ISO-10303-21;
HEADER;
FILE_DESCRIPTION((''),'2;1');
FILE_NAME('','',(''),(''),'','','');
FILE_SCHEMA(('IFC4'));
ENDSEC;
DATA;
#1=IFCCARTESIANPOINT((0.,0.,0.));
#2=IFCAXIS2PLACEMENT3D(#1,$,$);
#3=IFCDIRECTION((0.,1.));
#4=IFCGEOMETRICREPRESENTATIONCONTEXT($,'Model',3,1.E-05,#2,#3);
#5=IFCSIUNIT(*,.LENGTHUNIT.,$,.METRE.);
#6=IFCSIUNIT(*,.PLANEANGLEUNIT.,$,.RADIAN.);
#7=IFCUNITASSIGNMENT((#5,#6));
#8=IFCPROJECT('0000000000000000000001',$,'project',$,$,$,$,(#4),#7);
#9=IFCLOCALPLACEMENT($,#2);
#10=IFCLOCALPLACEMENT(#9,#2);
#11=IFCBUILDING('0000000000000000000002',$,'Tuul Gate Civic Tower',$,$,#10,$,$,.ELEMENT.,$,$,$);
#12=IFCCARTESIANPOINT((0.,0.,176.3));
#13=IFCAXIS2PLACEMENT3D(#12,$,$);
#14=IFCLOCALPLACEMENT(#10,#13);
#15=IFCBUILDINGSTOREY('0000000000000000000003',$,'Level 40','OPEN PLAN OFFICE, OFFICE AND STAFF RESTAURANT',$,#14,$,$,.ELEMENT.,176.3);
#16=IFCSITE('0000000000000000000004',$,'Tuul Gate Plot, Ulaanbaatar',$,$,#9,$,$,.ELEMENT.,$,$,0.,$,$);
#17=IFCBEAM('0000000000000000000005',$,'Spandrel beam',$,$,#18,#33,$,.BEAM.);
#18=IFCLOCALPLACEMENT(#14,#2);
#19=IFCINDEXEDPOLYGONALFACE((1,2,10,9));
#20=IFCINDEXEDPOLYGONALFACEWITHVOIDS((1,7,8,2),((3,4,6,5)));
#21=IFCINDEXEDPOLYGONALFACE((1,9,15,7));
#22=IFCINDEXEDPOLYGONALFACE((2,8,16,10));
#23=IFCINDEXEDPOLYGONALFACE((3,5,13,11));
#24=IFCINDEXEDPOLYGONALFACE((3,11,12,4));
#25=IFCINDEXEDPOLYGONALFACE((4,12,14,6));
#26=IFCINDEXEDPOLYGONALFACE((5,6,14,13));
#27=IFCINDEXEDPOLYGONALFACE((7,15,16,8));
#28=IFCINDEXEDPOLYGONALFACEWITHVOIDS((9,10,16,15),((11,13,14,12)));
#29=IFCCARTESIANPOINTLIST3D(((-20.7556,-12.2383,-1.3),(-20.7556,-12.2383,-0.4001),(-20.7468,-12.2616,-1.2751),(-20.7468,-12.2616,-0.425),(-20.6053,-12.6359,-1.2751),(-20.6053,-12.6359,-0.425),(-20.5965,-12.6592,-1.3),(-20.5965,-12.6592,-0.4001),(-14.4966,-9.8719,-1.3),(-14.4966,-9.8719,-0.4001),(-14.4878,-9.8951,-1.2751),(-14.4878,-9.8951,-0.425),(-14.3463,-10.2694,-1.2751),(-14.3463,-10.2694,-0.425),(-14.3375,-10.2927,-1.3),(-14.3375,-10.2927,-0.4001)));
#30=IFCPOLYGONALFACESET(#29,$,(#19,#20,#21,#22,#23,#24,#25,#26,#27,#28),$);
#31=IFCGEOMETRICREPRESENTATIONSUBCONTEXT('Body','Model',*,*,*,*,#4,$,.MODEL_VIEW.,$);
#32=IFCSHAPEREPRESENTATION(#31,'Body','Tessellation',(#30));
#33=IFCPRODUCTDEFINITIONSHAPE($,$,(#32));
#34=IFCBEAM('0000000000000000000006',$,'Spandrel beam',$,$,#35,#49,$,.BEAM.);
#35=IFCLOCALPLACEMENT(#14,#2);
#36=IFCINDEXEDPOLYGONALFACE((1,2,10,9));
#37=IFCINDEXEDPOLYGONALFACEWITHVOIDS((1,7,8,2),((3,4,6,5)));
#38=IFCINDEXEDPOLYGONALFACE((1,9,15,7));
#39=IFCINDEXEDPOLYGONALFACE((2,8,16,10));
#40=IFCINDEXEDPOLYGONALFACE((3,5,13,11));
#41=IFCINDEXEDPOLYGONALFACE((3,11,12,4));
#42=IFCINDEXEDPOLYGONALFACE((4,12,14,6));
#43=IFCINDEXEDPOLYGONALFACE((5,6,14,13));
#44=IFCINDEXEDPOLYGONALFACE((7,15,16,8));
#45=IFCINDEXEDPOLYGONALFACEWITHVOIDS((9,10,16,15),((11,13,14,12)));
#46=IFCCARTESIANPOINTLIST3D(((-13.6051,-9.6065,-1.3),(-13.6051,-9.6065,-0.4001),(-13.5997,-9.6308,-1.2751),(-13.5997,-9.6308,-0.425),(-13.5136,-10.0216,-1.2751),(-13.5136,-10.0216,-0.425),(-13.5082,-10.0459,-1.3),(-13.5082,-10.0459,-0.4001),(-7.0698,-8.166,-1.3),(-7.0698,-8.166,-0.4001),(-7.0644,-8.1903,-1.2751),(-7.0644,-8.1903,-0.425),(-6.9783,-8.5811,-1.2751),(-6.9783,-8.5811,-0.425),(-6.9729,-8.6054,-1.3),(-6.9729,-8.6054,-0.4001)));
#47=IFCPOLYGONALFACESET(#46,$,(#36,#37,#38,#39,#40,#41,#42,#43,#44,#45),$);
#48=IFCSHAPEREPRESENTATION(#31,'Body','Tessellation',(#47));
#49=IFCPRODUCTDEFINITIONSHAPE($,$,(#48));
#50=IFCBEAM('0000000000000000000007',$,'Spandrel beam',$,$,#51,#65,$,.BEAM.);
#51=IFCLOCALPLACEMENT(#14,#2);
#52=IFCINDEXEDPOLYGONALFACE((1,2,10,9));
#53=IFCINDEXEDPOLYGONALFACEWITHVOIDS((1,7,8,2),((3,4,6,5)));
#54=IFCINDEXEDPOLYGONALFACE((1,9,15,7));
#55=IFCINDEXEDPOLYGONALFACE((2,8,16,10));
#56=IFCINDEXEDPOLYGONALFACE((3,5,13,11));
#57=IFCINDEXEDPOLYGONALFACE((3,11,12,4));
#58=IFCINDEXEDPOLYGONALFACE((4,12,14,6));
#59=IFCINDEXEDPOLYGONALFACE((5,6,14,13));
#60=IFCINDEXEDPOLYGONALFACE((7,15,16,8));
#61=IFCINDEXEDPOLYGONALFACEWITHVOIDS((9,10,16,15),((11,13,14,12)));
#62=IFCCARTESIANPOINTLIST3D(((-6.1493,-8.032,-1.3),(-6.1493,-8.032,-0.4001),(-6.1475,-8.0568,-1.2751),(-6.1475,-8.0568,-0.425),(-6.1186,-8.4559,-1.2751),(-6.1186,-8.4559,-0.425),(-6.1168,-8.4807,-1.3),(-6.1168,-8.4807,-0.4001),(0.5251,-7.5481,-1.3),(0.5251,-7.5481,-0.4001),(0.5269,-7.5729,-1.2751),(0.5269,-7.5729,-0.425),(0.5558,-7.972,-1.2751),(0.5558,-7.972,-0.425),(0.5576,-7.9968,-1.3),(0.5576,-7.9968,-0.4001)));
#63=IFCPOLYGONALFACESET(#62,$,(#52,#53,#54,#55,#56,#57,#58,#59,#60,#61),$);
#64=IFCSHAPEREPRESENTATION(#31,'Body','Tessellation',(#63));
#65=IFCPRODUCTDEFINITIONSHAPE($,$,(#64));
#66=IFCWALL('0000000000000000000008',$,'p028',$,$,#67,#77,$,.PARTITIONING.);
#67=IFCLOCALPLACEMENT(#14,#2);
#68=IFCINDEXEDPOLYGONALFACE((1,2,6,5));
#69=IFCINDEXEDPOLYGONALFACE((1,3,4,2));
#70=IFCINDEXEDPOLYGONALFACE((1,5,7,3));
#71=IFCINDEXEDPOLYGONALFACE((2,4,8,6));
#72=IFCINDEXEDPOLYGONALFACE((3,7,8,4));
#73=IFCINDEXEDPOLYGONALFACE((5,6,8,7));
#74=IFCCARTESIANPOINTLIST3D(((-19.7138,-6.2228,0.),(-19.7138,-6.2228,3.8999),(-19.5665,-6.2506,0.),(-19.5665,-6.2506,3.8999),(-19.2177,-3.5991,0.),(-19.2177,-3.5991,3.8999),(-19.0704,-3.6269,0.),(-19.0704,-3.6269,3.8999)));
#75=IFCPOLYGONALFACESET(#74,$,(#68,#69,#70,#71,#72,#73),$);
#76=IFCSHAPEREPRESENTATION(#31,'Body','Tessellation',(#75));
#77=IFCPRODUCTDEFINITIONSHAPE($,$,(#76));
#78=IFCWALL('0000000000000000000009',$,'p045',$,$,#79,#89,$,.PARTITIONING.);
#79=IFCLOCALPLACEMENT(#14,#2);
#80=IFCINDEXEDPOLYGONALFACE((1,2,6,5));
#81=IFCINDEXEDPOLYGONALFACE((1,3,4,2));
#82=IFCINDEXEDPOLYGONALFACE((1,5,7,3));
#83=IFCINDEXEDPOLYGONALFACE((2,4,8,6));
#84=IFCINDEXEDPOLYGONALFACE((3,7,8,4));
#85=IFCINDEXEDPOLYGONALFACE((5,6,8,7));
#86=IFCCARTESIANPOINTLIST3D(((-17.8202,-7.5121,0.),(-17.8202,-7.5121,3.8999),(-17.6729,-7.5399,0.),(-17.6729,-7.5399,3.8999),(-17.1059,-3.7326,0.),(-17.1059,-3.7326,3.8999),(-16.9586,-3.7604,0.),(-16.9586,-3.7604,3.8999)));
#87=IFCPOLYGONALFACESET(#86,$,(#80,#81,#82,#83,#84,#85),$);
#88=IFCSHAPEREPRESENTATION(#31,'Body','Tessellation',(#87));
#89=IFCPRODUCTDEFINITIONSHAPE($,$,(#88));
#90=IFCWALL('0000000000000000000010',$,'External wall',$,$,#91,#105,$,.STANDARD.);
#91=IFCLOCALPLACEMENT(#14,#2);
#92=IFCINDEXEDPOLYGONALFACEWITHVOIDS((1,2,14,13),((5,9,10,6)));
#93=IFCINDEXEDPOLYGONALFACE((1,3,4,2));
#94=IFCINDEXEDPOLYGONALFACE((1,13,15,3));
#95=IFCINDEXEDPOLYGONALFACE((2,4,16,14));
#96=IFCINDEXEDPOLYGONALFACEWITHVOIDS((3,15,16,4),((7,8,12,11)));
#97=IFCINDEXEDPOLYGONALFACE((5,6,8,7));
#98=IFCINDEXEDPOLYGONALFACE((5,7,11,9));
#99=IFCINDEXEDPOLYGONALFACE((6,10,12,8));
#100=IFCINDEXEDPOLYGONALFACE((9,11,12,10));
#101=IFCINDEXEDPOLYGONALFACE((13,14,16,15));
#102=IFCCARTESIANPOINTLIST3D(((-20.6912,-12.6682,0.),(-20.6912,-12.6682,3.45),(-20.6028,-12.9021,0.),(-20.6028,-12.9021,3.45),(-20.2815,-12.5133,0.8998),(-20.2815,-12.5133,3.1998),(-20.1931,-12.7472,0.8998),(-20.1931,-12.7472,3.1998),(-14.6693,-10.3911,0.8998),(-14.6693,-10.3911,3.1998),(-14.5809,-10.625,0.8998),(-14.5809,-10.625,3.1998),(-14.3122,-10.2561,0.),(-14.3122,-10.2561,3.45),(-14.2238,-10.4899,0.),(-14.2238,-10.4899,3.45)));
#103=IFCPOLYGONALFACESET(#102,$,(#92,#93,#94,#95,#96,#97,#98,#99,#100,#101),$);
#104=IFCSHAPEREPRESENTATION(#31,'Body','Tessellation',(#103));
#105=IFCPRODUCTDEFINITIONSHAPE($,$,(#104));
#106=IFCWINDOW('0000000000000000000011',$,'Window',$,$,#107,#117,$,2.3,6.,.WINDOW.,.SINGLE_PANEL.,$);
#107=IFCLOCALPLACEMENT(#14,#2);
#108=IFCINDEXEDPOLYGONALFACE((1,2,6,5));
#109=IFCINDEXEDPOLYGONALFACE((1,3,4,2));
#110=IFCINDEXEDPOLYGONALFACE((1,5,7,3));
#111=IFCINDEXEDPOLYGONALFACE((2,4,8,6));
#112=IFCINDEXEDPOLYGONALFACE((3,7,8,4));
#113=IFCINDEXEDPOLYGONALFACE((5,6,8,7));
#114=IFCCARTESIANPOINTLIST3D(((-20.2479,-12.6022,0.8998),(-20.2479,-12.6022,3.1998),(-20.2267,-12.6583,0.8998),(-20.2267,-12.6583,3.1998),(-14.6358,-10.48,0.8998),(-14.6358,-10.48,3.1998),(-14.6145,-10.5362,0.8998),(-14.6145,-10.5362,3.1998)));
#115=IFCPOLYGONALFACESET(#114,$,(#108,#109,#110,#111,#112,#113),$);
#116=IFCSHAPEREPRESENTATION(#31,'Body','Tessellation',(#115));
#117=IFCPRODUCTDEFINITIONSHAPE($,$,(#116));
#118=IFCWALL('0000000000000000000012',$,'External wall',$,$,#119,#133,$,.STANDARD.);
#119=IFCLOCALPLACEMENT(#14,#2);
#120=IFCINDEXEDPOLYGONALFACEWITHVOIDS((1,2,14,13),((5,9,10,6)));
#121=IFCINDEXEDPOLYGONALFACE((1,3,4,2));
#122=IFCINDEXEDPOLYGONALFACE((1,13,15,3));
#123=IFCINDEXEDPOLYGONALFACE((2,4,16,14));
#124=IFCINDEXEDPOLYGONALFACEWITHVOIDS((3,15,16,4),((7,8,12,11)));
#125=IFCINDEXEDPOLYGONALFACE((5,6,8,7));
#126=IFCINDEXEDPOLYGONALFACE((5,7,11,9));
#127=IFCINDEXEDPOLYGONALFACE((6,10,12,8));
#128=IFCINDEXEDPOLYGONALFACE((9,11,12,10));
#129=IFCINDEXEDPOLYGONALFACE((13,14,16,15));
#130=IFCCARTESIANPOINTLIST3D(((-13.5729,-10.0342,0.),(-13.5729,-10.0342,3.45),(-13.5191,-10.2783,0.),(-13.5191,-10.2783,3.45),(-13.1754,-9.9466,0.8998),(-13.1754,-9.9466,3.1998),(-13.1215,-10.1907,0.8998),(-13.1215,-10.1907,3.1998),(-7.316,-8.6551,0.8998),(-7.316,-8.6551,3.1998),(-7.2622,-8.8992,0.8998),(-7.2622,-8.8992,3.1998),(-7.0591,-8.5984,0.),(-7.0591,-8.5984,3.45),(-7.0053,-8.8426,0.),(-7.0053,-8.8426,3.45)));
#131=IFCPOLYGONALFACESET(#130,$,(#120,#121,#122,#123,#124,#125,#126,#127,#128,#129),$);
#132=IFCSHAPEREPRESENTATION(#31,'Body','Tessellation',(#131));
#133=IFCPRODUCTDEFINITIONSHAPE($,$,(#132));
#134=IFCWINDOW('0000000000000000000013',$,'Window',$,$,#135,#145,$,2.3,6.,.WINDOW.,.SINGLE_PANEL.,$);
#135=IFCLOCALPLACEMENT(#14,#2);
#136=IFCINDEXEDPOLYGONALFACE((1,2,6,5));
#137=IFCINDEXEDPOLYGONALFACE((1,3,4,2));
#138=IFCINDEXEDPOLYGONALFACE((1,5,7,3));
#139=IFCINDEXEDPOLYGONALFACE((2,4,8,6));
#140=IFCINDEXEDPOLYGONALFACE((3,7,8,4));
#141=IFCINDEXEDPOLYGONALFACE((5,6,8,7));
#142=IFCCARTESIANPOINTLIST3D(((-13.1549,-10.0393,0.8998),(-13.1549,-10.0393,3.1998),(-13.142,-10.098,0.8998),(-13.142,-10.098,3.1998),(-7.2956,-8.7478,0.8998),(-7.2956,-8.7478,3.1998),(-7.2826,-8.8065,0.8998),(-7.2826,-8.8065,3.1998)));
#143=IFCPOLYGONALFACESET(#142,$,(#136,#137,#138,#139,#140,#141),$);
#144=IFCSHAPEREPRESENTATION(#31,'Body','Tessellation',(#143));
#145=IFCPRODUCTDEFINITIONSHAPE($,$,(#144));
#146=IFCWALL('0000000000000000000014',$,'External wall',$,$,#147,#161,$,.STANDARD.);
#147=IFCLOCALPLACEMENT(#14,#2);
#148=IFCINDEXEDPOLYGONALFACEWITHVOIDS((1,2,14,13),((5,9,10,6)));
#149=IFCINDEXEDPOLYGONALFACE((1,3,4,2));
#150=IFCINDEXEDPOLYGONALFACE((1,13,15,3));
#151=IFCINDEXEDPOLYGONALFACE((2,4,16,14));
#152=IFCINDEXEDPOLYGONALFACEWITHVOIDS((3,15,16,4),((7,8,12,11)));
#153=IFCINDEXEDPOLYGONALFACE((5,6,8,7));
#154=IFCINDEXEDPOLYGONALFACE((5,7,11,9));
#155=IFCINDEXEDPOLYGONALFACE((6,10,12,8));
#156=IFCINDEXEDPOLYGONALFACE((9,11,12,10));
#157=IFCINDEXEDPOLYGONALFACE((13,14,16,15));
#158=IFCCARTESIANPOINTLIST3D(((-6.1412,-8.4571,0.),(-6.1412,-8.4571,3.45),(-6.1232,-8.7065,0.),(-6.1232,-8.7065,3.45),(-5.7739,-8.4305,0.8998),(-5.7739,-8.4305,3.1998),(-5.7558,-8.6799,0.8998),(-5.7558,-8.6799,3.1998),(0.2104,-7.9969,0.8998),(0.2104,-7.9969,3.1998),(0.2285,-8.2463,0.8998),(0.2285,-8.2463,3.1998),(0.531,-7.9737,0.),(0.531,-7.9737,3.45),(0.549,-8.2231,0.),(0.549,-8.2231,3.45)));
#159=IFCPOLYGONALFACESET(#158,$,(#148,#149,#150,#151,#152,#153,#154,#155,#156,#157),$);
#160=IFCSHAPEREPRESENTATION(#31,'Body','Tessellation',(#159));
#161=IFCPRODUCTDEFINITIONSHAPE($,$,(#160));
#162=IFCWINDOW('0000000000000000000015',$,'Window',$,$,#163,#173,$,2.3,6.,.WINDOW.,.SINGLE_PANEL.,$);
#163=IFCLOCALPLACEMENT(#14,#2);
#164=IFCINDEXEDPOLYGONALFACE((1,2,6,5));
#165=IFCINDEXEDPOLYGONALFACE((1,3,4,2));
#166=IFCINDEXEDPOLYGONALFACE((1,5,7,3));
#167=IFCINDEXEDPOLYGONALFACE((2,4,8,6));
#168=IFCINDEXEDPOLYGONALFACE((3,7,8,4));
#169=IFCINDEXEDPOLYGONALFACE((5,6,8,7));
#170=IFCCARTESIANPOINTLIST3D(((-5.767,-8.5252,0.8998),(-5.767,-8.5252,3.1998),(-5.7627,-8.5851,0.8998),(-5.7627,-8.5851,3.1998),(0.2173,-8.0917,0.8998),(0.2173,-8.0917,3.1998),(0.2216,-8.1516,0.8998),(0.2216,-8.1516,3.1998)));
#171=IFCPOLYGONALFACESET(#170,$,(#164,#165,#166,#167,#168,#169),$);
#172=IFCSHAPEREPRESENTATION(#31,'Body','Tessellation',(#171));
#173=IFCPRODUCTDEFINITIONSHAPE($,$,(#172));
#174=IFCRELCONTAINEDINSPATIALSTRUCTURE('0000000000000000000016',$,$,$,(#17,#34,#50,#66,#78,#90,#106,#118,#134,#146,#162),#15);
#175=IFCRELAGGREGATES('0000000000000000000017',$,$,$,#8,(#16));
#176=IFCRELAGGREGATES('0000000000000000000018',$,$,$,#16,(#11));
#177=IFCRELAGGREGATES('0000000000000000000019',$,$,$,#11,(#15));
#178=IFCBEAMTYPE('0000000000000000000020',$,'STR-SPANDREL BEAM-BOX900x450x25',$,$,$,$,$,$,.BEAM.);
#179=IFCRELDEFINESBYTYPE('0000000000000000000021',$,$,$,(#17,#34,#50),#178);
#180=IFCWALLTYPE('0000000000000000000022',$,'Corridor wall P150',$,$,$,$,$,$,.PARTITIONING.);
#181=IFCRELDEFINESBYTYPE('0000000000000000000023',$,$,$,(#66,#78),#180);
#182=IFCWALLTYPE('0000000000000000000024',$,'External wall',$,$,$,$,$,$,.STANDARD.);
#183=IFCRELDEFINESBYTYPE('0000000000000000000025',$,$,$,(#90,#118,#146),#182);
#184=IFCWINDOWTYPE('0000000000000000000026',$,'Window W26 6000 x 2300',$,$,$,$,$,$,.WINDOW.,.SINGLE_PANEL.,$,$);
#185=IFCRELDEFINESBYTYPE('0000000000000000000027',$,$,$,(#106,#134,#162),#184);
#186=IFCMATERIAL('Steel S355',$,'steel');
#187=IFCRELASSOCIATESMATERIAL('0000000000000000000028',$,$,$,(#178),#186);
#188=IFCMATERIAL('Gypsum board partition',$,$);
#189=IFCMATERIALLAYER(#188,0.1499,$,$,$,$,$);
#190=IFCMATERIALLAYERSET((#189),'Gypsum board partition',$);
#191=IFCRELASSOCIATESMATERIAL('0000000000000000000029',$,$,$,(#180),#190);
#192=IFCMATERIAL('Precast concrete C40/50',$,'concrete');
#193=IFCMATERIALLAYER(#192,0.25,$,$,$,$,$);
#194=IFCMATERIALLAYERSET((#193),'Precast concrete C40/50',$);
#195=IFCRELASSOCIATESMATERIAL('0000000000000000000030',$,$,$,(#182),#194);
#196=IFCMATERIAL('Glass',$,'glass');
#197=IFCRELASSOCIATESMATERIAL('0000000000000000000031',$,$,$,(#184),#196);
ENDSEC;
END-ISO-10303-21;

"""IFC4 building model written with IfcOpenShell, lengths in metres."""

from ifc_helpers import new_model, si_unit, direction, frame, frame_2d, origin, origin_2d, place, context, subcontext, project, spatial, rectangle, hollow_rectangle, extrude, material, layer, layer_set, material_profile, profile_set, type_object, element, fill, save


model = new_model("IFC4")

# Units and contexts
model_context = context("Model", 3, precision=1e-05, world=origin(), true_north=direction((0.0, 1.0)))
body_context = subcontext(model_context, "Body", "Model", "MODEL_VIEW")
ifc_project = project(units=[si_unit("LENGTHUNIT", "METRE"), si_unit("PLANEANGLEUNIT", "RADIAN")], contexts=[model_context])

# Site, building, storey
site_placement = place(None, origin())
site = spatial("IfcSite", under=ifc_project, at=site_placement, Name="Tuul Gate Plot, Ulaanbaatar", CompositionType="ELEMENT", RefElevation=0.0)
building_placement = place(site_placement, origin())
building = spatial("IfcBuilding", under=site, at=building_placement, Name="Tuul Gate Civic Tower", CompositionType="ELEMENT")
storey_placement = place(building_placement, frame((0.0, 0.0, 176.3)))
storey = spatial("IfcBuildingStorey", under=building, at=storey_placement, Name="Level 40", Description="OPEN PLAN OFFICE, OFFICE AND STAFF RESTAURANT", CompositionType="ELEMENT", Elevation=176.3)

# Beams
ifc_material_1 = material(Name="Steel S355", Category="steel")
ifc_material_profile_1 = material_profile(ifc_material_1, hollow_rectangle(XDim=0.45, YDim=0.8999, WallThickness=0.0249, at=origin_2d()), Name="BOX900x450x25")
ifc_profile_set_1 = profile_set([ifc_material_profile_1], Name="Steel S355")
beam_type_1 = type_object("IfcBeamType", Name="STR-SPANDREL BEAM-BOX900x450x25", PredefinedType="BEAM", material=ifc_profile_set_1)
beam_1_placement = place(storey_placement, frame((-20.676, -12.4487, -0.8501), z_axis=(0.935377, 0.353653, 0.0), x_axis=(-0.353653, 0.935377, 0.0)))
element("IfcBeam", 1, at=beam_1_placement, inside=storey, type_object=beam_type_1, Name="Spandrel beam", PredefinedType="BEAM", context=body_context, shape_type="SweptSolid", body=[
    extrude(hollow_rectangle(XDim=0.45, YDim=0.8999, WallThickness=0.0249, at=origin_2d()), origin(), (0.0, 0.0, 1.0), 6.6914),
])
beam_2_placement = place(storey_placement, frame((-13.5566, -9.8262, -0.8501), z_axis=(0.97656, 0.215246, 0.0), x_axis=(-0.215246, 0.97656, 0.0)))
element("IfcBeam", 2, at=beam_2_placement, inside=storey, type_object=beam_type_1, Name="Spandrel beam", PredefinedType="BEAM", context=body_context, shape_type="SweptSolid", body=[
    extrude(hollow_rectangle(XDim=0.45, YDim=0.8999, WallThickness=0.0249, at=origin_2d()), origin(), (0.0, 0.0, 1.0), 6.6921),
])
beam_3_placement = place(storey_placement, frame((-6.1331, -8.2563, -0.8501), z_axis=(0.997382, 0.07231, 0.0), x_axis=(-0.07231, 0.997382, 0.0)))
element("IfcBeam", 3, at=beam_3_placement, inside=storey, type_object=beam_type_1, Name="Spandrel beam", PredefinedType="BEAM", context=body_context, shape_type="SweptSolid", body=[
    extrude(hollow_rectangle(XDim=0.45, YDim=0.8999, WallThickness=0.0249, at=origin_2d()), origin(), (0.0, 0.0, 1.0), 6.6919),
])

# Walls
ifc_material_2 = material(Name="Gypsum board partition")
ifc_layer_1 = layer(ifc_material_2, 0.1499)
ifc_layer_set_1 = layer_set([ifc_layer_1], Name="Gypsum board partition")
wall_type_1 = type_object("IfcWallType", Name="Corridor wall P150", PredefinedType="PARTITIONING", material=ifc_layer_set_1)
wall_1_placement = place(storey_placement, frame((-19.6401, -6.2366, 0.0), z_axis=(0.0, 0.0, 1.0), x_axis=(0.185784, 0.982591, 0.0)))
element("IfcWall", 4, at=wall_1_placement, inside=storey, type_object=wall_type_1, Name="p028", PredefinedType="PARTITIONING", context=body_context, shape_type="SweptSolid", body=[
    extrude(rectangle(XDim=2.6702, YDim=0.1499, at=frame_2d((1.335, 0.0))), origin(), (0.0, 0.0, 1.0), 3.8999),
])
wall_2_placement = place(storey_placement, frame((-17.7466, -7.5261, 0.0), z_axis=(0.0, 0.0, 1.0), x_axis=(0.185718, 0.982603, 0.0)))
element("IfcWall", 5, at=wall_2_placement, inside=storey, type_object=wall_type_1, Name="p045", PredefinedType="PARTITIONING", context=body_context, shape_type="SweptSolid", body=[
    extrude(rectangle(XDim=3.8464, YDim=0.1499, at=frame_2d((1.9233, 0.0))), origin(), (0.0, 0.0, 1.0), 3.8999),
])

# Walls, openings, windows
ifc_material_3 = material(Name="Precast concrete C40/50", Category="concrete")
ifc_layer_2 = layer(ifc_material_3, 0.25)
ifc_layer_set_2 = layer_set([ifc_layer_2], Name="Precast concrete C40/50")
wall_type_2 = type_object("IfcWallType", Name="External wall", PredefinedType="STANDARD", material=ifc_layer_set_2)
wall_3_placement = place(storey_placement, frame((-20.647, -12.7852, 0.0), z_axis=(0.0, 0.0, 1.0), x_axis=(0.935361, 0.353696, 0.0)))
wall_3 = element("IfcWall", 6, at=wall_3_placement, inside=storey, type_object=wall_type_2, Name="External wall", PredefinedType="STANDARD", context=body_context, shape_type="SweptSolid", body=[
    extrude(rectangle(XDim=6.8198, YDim=0.25, at=frame_2d((3.4099, 0.0))), origin(), (0.0, 0.0, 1.0), 3.45),
])
opening_1_placement = place(wall_3_placement, frame((0.438, 0.0, 0.8999)))
opening_1 = element("IfcOpeningElement", 7, at=opening_1_placement, cuts=wall_3, PredefinedType="OPENING", context=body_context, shape_type="SweptSolid", body=[
    extrude(rectangle(XDim=6.0, YDim=2.3, at=frame_2d((3.0, 1.1499))), frame((0.0, 0.135, 0.0), z_axis=(0.0, -1.0, 0.0), x_axis=(1.0, 0.0, 0.0)), (0.0, 0.0, 1.0), 0.27),
])
ifc_material_4 = material(Name="Glass", Category="glass")
window_type = type_object("IfcWindowType", Name="Window W26 6000 x 2300", PartitioningType="SINGLE_PANEL", PredefinedType="WINDOW", material=ifc_material_4)
window_1_placement = place(opening_1_placement, origin())
window_1 = element("IfcWindow", 8, at=window_1_placement, inside=storey, type_object=window_type, Name="Window", OverallHeight=2.3, OverallWidth=6.0, PartitioningType="SINGLE_PANEL", PredefinedType="WINDOW", context=body_context, shape_type="SweptSolid", body=[
    extrude(rectangle(XDim=6.0, YDim=2.3, at=frame_2d((3.0, 1.1499))), frame((0.0, 0.03, 0.0), z_axis=(0.0, -1.0, 0.0), x_axis=(1.0, 0.0, 0.0)), (0.0, 0.0, 1.0), 0.0601),
])
fill(opening_1, window_1)
wall_4_placement = place(storey_placement, frame((-13.5459, -10.1562, 0.0), z_axis=(0.0, 0.0, 1.0), x_axis=(0.976559, 0.215252, 0.0)))
wall_4 = element("IfcWall", 9, at=wall_4_placement, inside=storey, type_object=wall_type_2, Name="External wall", PredefinedType="STANDARD", context=body_context, shape_type="SweptSolid", body=[
    extrude(rectangle(XDim=6.6702, YDim=0.25, at=frame_2d((3.335, 0.0))), origin(), (0.0, 0.0, 1.0), 3.45),
])
opening_2_placement = place(wall_4_placement, frame((0.407, 0.0, 0.8999)))
opening_2 = element("IfcOpeningElement", 10, at=opening_2_placement, cuts=wall_4, PredefinedType="OPENING", context=body_context, shape_type="SweptSolid", body=[
    extrude(rectangle(XDim=6.0, YDim=2.3, at=frame_2d((3.0, 1.1499))), frame((0.0, 0.135, 0.0), z_axis=(0.0, -1.0, 0.0), x_axis=(1.0, 0.0, 0.0)), (0.0, 0.0, 1.0), 0.27),
])
window_2_placement = place(opening_2_placement, origin())
window_2 = element("IfcWindow", 11, at=window_2_placement, inside=storey, type_object=window_type, Name="Window", OverallHeight=2.3, OverallWidth=6.0, PartitioningType="SINGLE_PANEL", PredefinedType="WINDOW", context=body_context, shape_type="SweptSolid", body=[
    extrude(rectangle(XDim=6.0, YDim=2.3, at=frame_2d((3.0, 1.1499))), frame((0.0, 0.03, 0.0), z_axis=(0.0, -1.0, 0.0), x_axis=(1.0, 0.0, 0.0)), (0.0, 0.0, 1.0), 0.0601),
])
fill(opening_2, window_2)
wall_5_placement = place(storey_placement, frame((-6.1321, -8.5818, 0.0), z_axis=(0.0, 0.0, 1.0), x_axis=(0.997386, 0.072261, 0.0)))
wall_5 = element("IfcWall", 12, at=wall_5_placement, inside=storey, type_object=wall_type_2, Name="External wall", PredefinedType="STANDARD", context=body_context, shape_type="SweptSolid", body=[
    extrude(rectangle(XDim=6.6897, YDim=0.25, at=frame_2d((3.3447, 0.0))), origin(), (0.0, 0.0, 1.0), 3.45),
])
opening_3_placement = place(wall_5_placement, frame((0.3682, 0.0, 0.8999)))
opening_3 = element("IfcOpeningElement", 13, at=opening_3_placement, cuts=wall_5, PredefinedType="OPENING", context=body_context, shape_type="SweptSolid", body=[
    extrude(rectangle(XDim=6.0, YDim=2.3, at=frame_2d((3.0, 1.1499))), frame((0.0, 0.135, 0.0), z_axis=(0.0, -1.0, 0.0), x_axis=(1.0, 0.0, 0.0)), (0.0, 0.0, 1.0), 0.27),
])
window_3_placement = place(opening_3_placement, origin())
window_3 = element("IfcWindow", 14, at=window_3_placement, inside=storey, type_object=window_type, Name="Window", OverallHeight=2.3, OverallWidth=6.0, PartitioningType="SINGLE_PANEL", PredefinedType="WINDOW", context=body_context, shape_type="SweptSolid", body=[
    extrude(rectangle(XDim=6.0, YDim=2.3, at=frame_2d((3.0, 1.1499))), frame((0.0, 0.03, 0.0), z_axis=(0.0, -1.0, 0.0), x_axis=(1.0, 0.0, 0.0)), (0.0, 0.0, 1.0), 0.0601),
])
fill(opening_3, window_3)

save(model, "model.ifc")
